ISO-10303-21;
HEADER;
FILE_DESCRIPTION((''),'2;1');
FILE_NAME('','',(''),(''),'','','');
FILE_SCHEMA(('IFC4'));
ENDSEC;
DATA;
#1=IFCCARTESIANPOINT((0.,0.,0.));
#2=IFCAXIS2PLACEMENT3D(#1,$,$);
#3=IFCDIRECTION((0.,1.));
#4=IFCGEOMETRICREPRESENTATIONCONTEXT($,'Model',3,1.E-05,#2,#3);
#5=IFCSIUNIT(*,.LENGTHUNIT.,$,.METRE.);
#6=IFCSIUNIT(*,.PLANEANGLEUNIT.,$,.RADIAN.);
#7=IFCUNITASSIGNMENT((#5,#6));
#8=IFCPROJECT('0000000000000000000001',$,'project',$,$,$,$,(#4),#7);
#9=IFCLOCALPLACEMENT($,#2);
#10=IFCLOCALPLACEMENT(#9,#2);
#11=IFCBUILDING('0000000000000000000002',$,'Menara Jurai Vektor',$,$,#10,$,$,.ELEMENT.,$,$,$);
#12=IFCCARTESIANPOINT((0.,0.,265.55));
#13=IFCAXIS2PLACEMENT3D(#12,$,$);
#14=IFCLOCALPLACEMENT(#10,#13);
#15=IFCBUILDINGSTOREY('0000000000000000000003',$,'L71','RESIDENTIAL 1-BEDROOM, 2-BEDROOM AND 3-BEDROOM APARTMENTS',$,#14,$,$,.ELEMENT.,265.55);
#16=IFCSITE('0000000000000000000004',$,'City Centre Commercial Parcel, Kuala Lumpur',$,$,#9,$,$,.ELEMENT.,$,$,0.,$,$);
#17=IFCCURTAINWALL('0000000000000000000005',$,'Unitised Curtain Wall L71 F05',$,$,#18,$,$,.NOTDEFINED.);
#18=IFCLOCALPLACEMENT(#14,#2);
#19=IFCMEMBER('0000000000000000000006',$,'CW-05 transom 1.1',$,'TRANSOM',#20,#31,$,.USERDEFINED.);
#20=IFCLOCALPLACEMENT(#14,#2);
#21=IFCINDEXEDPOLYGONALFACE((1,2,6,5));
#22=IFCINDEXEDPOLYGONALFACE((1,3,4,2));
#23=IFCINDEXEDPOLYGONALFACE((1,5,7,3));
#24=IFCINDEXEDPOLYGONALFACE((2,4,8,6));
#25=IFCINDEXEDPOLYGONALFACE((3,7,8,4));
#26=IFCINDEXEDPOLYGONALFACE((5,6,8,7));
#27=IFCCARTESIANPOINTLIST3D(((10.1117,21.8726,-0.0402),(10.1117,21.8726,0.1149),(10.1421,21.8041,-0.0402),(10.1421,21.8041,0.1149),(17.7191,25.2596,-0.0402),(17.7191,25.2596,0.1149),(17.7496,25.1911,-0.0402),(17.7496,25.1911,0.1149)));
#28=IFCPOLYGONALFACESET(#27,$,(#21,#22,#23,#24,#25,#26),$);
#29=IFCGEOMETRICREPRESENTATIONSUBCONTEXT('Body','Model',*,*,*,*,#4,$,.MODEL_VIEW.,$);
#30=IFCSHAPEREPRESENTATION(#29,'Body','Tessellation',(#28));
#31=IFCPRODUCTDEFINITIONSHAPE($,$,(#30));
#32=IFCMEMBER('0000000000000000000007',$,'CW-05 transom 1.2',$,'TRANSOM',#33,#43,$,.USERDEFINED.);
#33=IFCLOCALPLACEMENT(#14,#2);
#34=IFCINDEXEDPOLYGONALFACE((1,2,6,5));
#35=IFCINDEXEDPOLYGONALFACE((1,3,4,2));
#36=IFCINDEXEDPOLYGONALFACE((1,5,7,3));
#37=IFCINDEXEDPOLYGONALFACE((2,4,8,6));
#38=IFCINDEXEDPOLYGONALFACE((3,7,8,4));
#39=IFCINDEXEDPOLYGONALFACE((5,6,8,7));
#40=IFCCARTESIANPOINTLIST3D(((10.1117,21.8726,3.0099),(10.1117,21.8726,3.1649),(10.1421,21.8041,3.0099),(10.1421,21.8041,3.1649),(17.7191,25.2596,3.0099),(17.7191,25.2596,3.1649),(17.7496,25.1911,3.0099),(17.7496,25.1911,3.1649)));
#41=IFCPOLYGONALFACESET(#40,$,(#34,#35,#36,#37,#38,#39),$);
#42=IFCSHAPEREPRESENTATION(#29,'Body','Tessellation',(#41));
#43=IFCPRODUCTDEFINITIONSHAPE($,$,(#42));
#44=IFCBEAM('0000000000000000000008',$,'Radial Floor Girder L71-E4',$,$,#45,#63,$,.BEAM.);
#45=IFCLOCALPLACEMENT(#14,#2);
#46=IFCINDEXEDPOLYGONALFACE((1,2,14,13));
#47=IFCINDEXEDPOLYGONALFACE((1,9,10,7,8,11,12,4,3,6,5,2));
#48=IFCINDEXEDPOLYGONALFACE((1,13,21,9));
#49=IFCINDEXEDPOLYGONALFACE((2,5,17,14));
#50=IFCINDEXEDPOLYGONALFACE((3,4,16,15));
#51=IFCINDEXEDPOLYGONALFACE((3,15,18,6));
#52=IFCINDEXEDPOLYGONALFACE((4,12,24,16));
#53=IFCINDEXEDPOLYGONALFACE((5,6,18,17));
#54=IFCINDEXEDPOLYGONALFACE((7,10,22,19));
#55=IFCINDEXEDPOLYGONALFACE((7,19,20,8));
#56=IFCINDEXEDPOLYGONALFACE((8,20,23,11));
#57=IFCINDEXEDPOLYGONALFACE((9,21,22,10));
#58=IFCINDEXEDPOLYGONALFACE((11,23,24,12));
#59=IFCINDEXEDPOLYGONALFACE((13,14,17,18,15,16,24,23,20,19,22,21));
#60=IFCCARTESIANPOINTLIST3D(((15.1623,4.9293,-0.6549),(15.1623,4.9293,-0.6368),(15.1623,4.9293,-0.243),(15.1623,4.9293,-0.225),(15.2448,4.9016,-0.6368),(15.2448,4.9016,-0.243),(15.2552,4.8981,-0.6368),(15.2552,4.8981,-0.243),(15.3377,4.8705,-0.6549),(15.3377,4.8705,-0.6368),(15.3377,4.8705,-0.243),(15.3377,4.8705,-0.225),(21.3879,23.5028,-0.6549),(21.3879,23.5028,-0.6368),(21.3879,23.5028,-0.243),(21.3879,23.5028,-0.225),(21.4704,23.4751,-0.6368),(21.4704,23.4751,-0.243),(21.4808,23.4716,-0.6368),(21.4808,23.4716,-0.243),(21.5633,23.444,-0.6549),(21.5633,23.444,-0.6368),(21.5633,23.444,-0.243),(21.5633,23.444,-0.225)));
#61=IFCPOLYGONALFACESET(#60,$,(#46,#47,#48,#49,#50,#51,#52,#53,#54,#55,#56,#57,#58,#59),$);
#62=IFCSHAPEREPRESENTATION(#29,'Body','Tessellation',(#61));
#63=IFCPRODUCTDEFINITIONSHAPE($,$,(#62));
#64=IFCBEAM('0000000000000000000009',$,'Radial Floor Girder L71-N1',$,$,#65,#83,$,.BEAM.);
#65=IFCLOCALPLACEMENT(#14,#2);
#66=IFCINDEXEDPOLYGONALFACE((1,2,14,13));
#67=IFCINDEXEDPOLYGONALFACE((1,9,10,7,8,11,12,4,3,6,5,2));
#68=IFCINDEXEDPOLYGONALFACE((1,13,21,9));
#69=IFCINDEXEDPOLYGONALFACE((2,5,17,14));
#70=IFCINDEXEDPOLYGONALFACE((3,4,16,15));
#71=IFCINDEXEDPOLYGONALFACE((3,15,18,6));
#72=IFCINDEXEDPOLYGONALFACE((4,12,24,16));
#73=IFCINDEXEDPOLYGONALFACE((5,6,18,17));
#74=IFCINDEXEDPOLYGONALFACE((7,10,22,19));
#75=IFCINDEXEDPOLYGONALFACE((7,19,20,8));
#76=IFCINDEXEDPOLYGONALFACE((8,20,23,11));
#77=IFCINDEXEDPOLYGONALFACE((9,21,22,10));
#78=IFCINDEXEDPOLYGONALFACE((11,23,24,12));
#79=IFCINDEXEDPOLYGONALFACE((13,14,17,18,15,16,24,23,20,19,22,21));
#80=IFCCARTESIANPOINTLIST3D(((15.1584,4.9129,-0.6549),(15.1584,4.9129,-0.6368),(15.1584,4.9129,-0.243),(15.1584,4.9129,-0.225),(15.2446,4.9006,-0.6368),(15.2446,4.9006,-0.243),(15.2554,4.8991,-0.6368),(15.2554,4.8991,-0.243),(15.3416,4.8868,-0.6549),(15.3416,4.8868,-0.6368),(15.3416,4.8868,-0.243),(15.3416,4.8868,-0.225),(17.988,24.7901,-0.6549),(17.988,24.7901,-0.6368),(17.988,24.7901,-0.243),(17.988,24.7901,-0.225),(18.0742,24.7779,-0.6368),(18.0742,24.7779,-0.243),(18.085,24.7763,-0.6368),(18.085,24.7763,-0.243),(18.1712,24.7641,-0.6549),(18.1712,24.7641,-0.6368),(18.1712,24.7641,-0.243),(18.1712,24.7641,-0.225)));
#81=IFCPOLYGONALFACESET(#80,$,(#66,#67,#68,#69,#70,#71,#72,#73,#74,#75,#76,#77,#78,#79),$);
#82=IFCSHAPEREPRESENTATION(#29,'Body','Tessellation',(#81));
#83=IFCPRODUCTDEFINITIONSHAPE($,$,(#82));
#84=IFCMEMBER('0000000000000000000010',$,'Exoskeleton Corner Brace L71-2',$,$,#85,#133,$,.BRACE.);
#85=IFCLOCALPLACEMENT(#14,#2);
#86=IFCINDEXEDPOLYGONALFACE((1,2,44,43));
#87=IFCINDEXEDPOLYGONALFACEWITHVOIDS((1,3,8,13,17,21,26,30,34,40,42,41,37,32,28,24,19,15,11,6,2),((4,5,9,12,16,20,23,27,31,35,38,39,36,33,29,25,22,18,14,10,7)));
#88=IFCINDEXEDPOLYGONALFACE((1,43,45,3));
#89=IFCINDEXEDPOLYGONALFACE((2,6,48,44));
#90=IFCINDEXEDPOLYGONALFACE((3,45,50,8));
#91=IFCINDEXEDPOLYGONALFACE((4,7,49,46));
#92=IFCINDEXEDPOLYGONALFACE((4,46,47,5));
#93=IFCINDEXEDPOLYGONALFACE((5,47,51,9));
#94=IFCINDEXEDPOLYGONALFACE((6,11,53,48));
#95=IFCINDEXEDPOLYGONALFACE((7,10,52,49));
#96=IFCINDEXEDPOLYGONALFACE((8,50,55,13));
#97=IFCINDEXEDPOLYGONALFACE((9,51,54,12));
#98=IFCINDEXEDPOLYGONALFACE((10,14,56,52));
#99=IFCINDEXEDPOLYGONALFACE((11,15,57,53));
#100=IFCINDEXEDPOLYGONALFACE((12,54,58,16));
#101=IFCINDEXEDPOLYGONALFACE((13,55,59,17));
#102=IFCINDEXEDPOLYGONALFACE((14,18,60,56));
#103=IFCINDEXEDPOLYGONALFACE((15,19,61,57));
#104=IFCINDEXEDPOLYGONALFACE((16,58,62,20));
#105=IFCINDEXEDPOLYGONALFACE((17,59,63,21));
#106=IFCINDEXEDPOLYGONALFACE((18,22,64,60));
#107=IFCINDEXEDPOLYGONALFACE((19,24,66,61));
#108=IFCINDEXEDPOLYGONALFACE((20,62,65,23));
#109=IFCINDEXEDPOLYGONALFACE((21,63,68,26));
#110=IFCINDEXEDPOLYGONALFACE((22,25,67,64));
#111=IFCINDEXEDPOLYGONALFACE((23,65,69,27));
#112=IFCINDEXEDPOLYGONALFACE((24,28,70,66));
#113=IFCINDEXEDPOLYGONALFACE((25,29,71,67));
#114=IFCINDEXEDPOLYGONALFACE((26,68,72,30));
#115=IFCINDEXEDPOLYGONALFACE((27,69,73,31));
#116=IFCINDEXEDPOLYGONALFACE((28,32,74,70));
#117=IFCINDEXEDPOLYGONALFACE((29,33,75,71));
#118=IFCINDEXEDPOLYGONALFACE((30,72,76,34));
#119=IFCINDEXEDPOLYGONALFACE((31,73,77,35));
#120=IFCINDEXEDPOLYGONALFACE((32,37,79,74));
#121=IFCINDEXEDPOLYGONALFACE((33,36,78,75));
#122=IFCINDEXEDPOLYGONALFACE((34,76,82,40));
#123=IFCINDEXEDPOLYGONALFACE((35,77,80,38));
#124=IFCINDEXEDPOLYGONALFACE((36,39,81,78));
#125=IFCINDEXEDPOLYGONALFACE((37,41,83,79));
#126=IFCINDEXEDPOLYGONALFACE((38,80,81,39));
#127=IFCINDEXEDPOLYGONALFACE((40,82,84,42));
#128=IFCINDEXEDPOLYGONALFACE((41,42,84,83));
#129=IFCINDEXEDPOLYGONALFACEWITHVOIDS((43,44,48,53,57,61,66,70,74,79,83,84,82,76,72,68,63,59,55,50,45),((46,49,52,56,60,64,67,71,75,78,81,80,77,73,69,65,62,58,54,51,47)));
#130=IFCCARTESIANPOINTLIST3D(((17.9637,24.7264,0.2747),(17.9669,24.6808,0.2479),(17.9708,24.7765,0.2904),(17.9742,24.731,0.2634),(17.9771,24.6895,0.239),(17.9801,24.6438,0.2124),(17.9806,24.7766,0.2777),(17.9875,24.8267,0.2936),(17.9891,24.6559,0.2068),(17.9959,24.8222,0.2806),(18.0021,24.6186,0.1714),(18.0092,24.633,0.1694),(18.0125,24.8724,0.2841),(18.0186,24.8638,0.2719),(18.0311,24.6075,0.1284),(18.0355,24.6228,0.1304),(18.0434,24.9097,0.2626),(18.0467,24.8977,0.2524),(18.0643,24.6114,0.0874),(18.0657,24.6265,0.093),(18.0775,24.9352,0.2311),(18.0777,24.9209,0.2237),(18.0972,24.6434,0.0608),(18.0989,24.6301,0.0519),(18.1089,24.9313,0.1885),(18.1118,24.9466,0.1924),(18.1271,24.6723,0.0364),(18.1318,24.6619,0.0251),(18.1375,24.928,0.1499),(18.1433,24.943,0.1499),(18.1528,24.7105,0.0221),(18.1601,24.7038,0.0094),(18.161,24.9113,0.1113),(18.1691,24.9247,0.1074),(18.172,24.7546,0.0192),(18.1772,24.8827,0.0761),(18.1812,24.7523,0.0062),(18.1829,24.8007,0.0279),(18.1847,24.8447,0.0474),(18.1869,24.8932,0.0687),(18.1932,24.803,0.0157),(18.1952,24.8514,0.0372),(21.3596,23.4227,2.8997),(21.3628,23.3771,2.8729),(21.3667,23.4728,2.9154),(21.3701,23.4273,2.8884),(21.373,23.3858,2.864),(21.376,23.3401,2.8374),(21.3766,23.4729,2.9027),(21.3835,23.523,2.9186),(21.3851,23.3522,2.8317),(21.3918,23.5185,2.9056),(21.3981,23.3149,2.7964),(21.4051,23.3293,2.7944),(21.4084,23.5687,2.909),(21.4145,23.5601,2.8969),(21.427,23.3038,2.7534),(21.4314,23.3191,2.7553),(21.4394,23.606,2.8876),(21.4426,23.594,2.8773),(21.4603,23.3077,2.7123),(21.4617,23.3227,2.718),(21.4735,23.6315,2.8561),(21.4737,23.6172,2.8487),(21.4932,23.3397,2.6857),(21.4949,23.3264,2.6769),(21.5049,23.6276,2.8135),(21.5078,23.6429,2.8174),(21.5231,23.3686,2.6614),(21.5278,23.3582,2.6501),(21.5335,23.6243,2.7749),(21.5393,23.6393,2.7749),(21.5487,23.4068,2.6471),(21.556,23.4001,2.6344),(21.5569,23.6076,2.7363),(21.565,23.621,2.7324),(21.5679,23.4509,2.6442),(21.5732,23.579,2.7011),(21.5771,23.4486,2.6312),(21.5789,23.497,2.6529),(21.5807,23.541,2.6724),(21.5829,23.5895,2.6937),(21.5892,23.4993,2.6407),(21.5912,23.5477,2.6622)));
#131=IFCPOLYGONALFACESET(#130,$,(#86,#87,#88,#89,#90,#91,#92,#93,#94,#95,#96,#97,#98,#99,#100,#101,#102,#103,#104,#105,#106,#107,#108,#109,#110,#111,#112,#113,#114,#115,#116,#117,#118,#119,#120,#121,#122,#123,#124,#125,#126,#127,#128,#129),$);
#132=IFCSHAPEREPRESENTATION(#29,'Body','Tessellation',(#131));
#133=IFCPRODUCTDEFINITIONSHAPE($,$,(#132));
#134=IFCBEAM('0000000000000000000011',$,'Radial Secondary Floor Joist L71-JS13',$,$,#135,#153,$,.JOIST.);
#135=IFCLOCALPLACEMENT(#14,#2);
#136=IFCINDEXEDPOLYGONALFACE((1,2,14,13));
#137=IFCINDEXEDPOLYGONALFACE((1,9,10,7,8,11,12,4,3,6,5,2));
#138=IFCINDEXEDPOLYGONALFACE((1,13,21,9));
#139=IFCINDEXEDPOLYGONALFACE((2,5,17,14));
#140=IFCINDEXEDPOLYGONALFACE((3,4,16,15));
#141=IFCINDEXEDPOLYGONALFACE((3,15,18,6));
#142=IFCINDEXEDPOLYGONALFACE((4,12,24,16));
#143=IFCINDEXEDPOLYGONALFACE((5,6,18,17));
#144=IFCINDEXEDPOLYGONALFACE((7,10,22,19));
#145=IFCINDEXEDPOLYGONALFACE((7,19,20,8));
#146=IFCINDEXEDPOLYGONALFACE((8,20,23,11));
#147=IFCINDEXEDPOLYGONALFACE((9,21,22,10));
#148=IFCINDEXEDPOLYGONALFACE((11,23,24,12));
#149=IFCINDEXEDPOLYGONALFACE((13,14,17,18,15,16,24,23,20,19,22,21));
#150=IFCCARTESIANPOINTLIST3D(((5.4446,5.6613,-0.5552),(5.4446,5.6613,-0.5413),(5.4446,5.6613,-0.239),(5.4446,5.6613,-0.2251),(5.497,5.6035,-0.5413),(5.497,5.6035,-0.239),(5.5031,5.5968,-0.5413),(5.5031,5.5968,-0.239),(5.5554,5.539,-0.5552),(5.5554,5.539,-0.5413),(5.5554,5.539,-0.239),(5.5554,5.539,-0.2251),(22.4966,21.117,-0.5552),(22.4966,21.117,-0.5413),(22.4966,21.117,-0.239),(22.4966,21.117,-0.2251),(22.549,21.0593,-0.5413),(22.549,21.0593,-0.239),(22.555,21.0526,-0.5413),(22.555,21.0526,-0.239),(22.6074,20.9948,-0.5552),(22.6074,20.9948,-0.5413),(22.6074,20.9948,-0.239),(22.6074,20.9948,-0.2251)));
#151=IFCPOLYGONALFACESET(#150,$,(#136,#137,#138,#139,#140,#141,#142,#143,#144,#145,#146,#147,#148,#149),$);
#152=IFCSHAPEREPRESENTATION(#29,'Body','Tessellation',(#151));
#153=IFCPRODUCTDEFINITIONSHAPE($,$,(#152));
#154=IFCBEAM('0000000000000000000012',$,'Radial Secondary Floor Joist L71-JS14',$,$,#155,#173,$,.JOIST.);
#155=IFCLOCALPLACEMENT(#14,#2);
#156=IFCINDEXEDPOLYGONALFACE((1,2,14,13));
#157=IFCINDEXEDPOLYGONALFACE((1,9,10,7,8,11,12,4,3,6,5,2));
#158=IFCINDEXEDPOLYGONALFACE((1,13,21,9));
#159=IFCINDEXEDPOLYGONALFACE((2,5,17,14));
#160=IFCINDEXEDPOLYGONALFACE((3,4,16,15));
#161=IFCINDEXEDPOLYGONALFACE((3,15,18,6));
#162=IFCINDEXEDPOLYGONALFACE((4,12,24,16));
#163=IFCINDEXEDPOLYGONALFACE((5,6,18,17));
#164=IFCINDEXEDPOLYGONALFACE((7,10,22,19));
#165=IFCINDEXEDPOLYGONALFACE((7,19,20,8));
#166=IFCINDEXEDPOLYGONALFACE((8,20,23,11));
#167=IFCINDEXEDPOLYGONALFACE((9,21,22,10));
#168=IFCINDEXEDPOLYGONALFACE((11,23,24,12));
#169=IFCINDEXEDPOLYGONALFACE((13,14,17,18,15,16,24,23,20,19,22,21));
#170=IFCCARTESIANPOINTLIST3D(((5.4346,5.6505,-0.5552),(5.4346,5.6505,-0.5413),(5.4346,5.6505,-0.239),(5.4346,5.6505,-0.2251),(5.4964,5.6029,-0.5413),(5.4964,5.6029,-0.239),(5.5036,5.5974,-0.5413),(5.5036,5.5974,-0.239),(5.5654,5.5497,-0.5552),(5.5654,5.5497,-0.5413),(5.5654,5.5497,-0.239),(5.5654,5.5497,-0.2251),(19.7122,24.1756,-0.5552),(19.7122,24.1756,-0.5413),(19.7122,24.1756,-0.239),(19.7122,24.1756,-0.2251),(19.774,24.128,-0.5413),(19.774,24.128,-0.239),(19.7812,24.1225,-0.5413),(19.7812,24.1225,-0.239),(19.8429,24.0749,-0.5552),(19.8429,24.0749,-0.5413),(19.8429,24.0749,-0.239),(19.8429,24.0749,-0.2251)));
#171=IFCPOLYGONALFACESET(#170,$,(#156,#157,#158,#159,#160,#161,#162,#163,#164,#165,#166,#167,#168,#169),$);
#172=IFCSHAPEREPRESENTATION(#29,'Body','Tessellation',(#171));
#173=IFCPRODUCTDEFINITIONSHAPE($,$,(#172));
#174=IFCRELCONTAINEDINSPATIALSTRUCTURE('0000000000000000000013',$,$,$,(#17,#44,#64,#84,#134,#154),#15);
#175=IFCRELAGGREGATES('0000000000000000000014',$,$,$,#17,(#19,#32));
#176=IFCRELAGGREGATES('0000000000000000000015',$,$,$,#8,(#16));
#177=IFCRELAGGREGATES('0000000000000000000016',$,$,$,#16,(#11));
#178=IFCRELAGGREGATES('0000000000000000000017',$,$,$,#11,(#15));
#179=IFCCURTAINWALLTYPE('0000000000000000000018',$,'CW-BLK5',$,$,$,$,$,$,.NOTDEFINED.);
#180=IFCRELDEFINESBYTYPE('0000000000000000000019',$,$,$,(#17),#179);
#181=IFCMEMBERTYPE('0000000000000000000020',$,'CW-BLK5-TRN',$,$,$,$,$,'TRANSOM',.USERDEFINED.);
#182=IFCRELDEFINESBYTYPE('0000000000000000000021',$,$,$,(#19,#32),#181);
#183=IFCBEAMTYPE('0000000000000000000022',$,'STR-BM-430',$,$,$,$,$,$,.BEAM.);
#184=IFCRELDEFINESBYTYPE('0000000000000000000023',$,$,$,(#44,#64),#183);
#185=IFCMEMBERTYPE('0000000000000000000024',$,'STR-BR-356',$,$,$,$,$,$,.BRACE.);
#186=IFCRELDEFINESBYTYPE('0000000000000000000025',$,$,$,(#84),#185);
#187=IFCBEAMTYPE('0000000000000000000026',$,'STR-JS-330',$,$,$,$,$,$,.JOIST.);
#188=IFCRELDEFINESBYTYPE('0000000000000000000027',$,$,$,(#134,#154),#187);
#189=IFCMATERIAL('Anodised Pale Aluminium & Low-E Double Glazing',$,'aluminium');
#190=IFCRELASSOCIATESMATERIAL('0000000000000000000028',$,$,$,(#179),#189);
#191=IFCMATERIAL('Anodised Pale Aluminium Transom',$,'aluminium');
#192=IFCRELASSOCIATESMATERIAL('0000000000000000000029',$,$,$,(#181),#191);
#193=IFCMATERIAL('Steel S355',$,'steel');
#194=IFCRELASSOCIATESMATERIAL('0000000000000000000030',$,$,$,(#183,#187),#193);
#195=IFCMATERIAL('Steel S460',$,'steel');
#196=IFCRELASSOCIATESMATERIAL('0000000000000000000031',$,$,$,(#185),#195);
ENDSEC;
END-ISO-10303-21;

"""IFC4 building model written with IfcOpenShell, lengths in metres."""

from ifc_helpers import new_model, si_unit, direction, frame, origin, origin_2d, place, context, subcontext, project, spatial, rectangle, hollow_circle, i_section, extrude, material, material_profile, profile_set, type_object, element, aggregate, save


model = new_model("IFC4")

# Units and contexts
model_context = context("Model", 3, precision=1e-05, world=origin(), true_north=direction((0.0, 1.0)))
body_context = subcontext(model_context, "Body", "Model", "MODEL_VIEW")
ifc_project = project(units=[si_unit("LENGTHUNIT", "METRE"), si_unit("PLANEANGLEUNIT", "RADIAN")], contexts=[model_context])

# Site, building, storey
site_placement = place(None, origin())
site = spatial("IfcSite", under=ifc_project, at=site_placement, Name="City Centre Commercial Parcel, Kuala Lumpur", CompositionType="ELEMENT", RefElevation=0.0)
building_placement = place(site_placement, origin())
building = spatial("IfcBuilding", under=site, at=building_placement, Name="Menara Jurai Vektor", CompositionType="ELEMENT")
storey_placement = place(building_placement, frame((0.0, 0.0, 265.55)))
storey = spatial("IfcBuildingStorey", under=building, at=storey_placement, Name="L71", Description="RESIDENTIAL 1-BEDROOM, 2-BEDROOM AND 3-BEDROOM APARTMENTS", CompositionType="ELEMENT", Elevation=265.55)

# Shared definitions
ifc_material_1 = material(Name="Steel S460", Category="steel")

# Shared definitions
ifc_material_2 = material(Name="Anodised Pale Aluminium & Low-E Double Glazing", Category="aluminium")
curtain_wall_type = type_object("IfcCurtainWallType", Name="CW-BLK5", PredefinedType="NOTDEFINED", material=ifc_material_2)

# Curtain wall
curtain_wall_1_placement = place(storey_placement, origin())
curtain_wall_1 = element("IfcCurtainWall", 1, at=curtain_wall_1_placement, inside=storey, type_object=curtain_wall_type, Name="Unitised Curtain Wall L71 F05", PredefinedType="NOTDEFINED")

# Members
ifc_material_3 = material(Name="Anodised Pale Aluminium Transom", Category="aluminium")
ifc_material_profile_1 = material_profile(ifc_material_3, rectangle(XDim=0.075, YDim=0.155, at=origin_2d()), Name="ALU TRN 75x155")
ifc_profile_set_1 = profile_set([ifc_material_profile_1], Name="Anodised Pale Aluminium Transom")
member_type_1 = type_object("IfcMemberType", Name="CW-BLK5-TRN", ElementType="TRANSOM", PredefinedType="USERDEFINED", material=ifc_profile_set_1)
member_1_placement = place(storey_placement, frame((17.7344, 25.2253, 0.0374), z_axis=(-0.913549, -0.406729, 0.0), x_axis=(0.406729, -0.913549, 0.0)))
member_1 = element("IfcMember", 2, at=member_1_placement, type_object=member_type_1, Name="CW-05 transom 1.1", ObjectType="TRANSOM", PredefinedType="USERDEFINED", context=body_context, shape_type="SweptSolid", body=[
    extrude(rectangle(XDim=0.075, YDim=0.155, at=origin_2d()), origin(), (0.0, 0.0, 1.0), 8.3274),
])
member_2_placement = place(storey_placement, frame((17.7344, 25.2253, 3.0874), z_axis=(-0.913549, -0.406729, 0.0), x_axis=(0.406729, -0.913549, 0.0)))
member_2 = element("IfcMember", 3, at=member_2_placement, type_object=member_type_1, Name="CW-05 transom 1.2", ObjectType="TRANSOM", PredefinedType="USERDEFINED", context=body_context, shape_type="SweptSolid", body=[
    extrude(rectangle(XDim=0.075, YDim=0.155, at=origin_2d()), origin(), (0.0, 0.0, 1.0), 8.3274),
])

# Beams
ifc_material_4 = material(Name="Steel S355", Category="steel")
ifc_material_profile_2 = material_profile(ifc_material_4, i_section(OverallWidth=0.1851, OverallDepth=0.4299, WebThickness=0.011, FlangeThickness=0.0181, at=origin_2d()), Name="PG 430x185x76")
ifc_profile_set_2 = profile_set([ifc_material_profile_2], Name="Steel S355")
beam_type_1 = type_object("IfcBeamType", Name="STR-BM-430", PredefinedType="BEAM", material=ifc_profile_set_2)
beam_1_placement = place(storey_placement, frame((21.4756, 23.4734, -0.4399), z_axis=(-0.317809, -0.948155, 0.0), x_axis=(0.948155, -0.317809, 0.0)))
element("IfcBeam", 4, at=beam_1_placement, inside=storey, type_object=beam_type_1, Name="Radial Floor Girder L71-E4", PredefinedType="BEAM", context=body_context, shape_type="SweptSolid", body=[
    extrude(i_section(OverallWidth=0.1851, OverallDepth=0.4299, WebThickness=0.011, FlangeThickness=0.0181, at=origin_2d()), origin(), (0.0, 0.0, 1.0), 19.5891),
])
beam_2_placement = place(storey_placement, frame((18.0796, 24.7771, -0.4399), z_axis=(-0.140933, -0.990019, 0.0), x_axis=(0.990019, -0.140933, 0.0)))
element("IfcBeam", 5, at=beam_2_placement, inside=storey, type_object=beam_type_1, Name="Radial Floor Girder L71-N1", PredefinedType="BEAM", context=body_context, shape_type="SweptSolid", body=[
    extrude(i_section(OverallWidth=0.1851, OverallDepth=0.4299, WebThickness=0.011, FlangeThickness=0.0181, at=origin_2d()), origin(), (0.0, 0.0, 1.0), 20.0776),
])

# Member
ifc_material_profile_3 = material_profile(ifc_material_1, hollow_circle(Radius=0.1777, WallThickness=0.0161, at=origin_2d()), Name="CHS 355.6x16")
ifc_profile_set_3 = profile_set([ifc_material_profile_3], Name="Steel S460")
member_type_2 = type_object("IfcMemberType", Name="STR-BR-356", PredefinedType="BRACE", material=ifc_profile_set_3)
member_3_placement = place(storey_placement, frame((18.0796, 24.7771, 0.1499), z_axis=(0.757042, -0.290626, 0.58517), x_axis=(0.358394, 0.93357, 0.0)))
element("IfcMember", 6, at=member_3_placement, inside=storey, type_object=member_type_2, Name="Exoskeleton Corner Brace L71-2", PredefinedType="BRACE", context=body_context, shape_type="SweptSolid", body=[
    extrude(hollow_circle(Radius=0.1777, WallThickness=0.0161, at=origin_2d()), origin(), (0.0, 0.0, 1.0), 4.4858),
])

# Beams
ifc_material_profile_4 = material_profile(ifc_material_4, i_section(OverallWidth=0.165, OverallDepth=0.3301, WebThickness=0.009, FlangeThickness=0.0139, at=origin_2d()), Name="PG 330x165x46")
ifc_profile_set_4 = profile_set([ifc_material_profile_4], Name="Steel S355")
beam_type_2 = type_object("IfcBeamType", Name="STR-JS-330", PredefinedType="JOIST", material=ifc_profile_set_4)
beam_3_placement = place(storey_placement, frame((22.552, 21.0559, -0.3901), z_axis=(-0.740934, -0.671577, 0.0), x_axis=(0.671577, -0.740934, 0.0)))
element("IfcBeam", 7, at=beam_3_placement, inside=storey, type_object=beam_type_2, Name="Radial Secondary Floor Joist L71-JS13", PredefinedType="JOIST", context=body_context, shape_type="SweptSolid", body=[
    extrude(i_section(OverallWidth=0.165, OverallDepth=0.3301, WebThickness=0.009, FlangeThickness=0.0139, at=origin_2d()), origin(), (0.0, 0.0, 1.0), 23.0142),
])
beam_4_placement = place(storey_placement, frame((19.7776, 24.1252, -0.3901), z_axis=(-0.610449, -0.792056, 0.0), x_axis=(0.792056, -0.610449, 0.0)))
element("IfcBeam", 8, at=beam_4_placement, inside=storey, type_object=beam_type_2, Name="Radial Secondary Floor Joist L71-JS14", PredefinedType="JOIST", context=body_context, shape_type="SweptSolid", body=[
    extrude(i_section(OverallWidth=0.165, OverallDepth=0.3301, WebThickness=0.009, FlangeThickness=0.0139, at=origin_2d()), origin(), (0.0, 0.0, 1.0), 23.3887),
])

aggregate(curtain_wall_1, [member_1, member_2])

save(model, "model.ifc")
